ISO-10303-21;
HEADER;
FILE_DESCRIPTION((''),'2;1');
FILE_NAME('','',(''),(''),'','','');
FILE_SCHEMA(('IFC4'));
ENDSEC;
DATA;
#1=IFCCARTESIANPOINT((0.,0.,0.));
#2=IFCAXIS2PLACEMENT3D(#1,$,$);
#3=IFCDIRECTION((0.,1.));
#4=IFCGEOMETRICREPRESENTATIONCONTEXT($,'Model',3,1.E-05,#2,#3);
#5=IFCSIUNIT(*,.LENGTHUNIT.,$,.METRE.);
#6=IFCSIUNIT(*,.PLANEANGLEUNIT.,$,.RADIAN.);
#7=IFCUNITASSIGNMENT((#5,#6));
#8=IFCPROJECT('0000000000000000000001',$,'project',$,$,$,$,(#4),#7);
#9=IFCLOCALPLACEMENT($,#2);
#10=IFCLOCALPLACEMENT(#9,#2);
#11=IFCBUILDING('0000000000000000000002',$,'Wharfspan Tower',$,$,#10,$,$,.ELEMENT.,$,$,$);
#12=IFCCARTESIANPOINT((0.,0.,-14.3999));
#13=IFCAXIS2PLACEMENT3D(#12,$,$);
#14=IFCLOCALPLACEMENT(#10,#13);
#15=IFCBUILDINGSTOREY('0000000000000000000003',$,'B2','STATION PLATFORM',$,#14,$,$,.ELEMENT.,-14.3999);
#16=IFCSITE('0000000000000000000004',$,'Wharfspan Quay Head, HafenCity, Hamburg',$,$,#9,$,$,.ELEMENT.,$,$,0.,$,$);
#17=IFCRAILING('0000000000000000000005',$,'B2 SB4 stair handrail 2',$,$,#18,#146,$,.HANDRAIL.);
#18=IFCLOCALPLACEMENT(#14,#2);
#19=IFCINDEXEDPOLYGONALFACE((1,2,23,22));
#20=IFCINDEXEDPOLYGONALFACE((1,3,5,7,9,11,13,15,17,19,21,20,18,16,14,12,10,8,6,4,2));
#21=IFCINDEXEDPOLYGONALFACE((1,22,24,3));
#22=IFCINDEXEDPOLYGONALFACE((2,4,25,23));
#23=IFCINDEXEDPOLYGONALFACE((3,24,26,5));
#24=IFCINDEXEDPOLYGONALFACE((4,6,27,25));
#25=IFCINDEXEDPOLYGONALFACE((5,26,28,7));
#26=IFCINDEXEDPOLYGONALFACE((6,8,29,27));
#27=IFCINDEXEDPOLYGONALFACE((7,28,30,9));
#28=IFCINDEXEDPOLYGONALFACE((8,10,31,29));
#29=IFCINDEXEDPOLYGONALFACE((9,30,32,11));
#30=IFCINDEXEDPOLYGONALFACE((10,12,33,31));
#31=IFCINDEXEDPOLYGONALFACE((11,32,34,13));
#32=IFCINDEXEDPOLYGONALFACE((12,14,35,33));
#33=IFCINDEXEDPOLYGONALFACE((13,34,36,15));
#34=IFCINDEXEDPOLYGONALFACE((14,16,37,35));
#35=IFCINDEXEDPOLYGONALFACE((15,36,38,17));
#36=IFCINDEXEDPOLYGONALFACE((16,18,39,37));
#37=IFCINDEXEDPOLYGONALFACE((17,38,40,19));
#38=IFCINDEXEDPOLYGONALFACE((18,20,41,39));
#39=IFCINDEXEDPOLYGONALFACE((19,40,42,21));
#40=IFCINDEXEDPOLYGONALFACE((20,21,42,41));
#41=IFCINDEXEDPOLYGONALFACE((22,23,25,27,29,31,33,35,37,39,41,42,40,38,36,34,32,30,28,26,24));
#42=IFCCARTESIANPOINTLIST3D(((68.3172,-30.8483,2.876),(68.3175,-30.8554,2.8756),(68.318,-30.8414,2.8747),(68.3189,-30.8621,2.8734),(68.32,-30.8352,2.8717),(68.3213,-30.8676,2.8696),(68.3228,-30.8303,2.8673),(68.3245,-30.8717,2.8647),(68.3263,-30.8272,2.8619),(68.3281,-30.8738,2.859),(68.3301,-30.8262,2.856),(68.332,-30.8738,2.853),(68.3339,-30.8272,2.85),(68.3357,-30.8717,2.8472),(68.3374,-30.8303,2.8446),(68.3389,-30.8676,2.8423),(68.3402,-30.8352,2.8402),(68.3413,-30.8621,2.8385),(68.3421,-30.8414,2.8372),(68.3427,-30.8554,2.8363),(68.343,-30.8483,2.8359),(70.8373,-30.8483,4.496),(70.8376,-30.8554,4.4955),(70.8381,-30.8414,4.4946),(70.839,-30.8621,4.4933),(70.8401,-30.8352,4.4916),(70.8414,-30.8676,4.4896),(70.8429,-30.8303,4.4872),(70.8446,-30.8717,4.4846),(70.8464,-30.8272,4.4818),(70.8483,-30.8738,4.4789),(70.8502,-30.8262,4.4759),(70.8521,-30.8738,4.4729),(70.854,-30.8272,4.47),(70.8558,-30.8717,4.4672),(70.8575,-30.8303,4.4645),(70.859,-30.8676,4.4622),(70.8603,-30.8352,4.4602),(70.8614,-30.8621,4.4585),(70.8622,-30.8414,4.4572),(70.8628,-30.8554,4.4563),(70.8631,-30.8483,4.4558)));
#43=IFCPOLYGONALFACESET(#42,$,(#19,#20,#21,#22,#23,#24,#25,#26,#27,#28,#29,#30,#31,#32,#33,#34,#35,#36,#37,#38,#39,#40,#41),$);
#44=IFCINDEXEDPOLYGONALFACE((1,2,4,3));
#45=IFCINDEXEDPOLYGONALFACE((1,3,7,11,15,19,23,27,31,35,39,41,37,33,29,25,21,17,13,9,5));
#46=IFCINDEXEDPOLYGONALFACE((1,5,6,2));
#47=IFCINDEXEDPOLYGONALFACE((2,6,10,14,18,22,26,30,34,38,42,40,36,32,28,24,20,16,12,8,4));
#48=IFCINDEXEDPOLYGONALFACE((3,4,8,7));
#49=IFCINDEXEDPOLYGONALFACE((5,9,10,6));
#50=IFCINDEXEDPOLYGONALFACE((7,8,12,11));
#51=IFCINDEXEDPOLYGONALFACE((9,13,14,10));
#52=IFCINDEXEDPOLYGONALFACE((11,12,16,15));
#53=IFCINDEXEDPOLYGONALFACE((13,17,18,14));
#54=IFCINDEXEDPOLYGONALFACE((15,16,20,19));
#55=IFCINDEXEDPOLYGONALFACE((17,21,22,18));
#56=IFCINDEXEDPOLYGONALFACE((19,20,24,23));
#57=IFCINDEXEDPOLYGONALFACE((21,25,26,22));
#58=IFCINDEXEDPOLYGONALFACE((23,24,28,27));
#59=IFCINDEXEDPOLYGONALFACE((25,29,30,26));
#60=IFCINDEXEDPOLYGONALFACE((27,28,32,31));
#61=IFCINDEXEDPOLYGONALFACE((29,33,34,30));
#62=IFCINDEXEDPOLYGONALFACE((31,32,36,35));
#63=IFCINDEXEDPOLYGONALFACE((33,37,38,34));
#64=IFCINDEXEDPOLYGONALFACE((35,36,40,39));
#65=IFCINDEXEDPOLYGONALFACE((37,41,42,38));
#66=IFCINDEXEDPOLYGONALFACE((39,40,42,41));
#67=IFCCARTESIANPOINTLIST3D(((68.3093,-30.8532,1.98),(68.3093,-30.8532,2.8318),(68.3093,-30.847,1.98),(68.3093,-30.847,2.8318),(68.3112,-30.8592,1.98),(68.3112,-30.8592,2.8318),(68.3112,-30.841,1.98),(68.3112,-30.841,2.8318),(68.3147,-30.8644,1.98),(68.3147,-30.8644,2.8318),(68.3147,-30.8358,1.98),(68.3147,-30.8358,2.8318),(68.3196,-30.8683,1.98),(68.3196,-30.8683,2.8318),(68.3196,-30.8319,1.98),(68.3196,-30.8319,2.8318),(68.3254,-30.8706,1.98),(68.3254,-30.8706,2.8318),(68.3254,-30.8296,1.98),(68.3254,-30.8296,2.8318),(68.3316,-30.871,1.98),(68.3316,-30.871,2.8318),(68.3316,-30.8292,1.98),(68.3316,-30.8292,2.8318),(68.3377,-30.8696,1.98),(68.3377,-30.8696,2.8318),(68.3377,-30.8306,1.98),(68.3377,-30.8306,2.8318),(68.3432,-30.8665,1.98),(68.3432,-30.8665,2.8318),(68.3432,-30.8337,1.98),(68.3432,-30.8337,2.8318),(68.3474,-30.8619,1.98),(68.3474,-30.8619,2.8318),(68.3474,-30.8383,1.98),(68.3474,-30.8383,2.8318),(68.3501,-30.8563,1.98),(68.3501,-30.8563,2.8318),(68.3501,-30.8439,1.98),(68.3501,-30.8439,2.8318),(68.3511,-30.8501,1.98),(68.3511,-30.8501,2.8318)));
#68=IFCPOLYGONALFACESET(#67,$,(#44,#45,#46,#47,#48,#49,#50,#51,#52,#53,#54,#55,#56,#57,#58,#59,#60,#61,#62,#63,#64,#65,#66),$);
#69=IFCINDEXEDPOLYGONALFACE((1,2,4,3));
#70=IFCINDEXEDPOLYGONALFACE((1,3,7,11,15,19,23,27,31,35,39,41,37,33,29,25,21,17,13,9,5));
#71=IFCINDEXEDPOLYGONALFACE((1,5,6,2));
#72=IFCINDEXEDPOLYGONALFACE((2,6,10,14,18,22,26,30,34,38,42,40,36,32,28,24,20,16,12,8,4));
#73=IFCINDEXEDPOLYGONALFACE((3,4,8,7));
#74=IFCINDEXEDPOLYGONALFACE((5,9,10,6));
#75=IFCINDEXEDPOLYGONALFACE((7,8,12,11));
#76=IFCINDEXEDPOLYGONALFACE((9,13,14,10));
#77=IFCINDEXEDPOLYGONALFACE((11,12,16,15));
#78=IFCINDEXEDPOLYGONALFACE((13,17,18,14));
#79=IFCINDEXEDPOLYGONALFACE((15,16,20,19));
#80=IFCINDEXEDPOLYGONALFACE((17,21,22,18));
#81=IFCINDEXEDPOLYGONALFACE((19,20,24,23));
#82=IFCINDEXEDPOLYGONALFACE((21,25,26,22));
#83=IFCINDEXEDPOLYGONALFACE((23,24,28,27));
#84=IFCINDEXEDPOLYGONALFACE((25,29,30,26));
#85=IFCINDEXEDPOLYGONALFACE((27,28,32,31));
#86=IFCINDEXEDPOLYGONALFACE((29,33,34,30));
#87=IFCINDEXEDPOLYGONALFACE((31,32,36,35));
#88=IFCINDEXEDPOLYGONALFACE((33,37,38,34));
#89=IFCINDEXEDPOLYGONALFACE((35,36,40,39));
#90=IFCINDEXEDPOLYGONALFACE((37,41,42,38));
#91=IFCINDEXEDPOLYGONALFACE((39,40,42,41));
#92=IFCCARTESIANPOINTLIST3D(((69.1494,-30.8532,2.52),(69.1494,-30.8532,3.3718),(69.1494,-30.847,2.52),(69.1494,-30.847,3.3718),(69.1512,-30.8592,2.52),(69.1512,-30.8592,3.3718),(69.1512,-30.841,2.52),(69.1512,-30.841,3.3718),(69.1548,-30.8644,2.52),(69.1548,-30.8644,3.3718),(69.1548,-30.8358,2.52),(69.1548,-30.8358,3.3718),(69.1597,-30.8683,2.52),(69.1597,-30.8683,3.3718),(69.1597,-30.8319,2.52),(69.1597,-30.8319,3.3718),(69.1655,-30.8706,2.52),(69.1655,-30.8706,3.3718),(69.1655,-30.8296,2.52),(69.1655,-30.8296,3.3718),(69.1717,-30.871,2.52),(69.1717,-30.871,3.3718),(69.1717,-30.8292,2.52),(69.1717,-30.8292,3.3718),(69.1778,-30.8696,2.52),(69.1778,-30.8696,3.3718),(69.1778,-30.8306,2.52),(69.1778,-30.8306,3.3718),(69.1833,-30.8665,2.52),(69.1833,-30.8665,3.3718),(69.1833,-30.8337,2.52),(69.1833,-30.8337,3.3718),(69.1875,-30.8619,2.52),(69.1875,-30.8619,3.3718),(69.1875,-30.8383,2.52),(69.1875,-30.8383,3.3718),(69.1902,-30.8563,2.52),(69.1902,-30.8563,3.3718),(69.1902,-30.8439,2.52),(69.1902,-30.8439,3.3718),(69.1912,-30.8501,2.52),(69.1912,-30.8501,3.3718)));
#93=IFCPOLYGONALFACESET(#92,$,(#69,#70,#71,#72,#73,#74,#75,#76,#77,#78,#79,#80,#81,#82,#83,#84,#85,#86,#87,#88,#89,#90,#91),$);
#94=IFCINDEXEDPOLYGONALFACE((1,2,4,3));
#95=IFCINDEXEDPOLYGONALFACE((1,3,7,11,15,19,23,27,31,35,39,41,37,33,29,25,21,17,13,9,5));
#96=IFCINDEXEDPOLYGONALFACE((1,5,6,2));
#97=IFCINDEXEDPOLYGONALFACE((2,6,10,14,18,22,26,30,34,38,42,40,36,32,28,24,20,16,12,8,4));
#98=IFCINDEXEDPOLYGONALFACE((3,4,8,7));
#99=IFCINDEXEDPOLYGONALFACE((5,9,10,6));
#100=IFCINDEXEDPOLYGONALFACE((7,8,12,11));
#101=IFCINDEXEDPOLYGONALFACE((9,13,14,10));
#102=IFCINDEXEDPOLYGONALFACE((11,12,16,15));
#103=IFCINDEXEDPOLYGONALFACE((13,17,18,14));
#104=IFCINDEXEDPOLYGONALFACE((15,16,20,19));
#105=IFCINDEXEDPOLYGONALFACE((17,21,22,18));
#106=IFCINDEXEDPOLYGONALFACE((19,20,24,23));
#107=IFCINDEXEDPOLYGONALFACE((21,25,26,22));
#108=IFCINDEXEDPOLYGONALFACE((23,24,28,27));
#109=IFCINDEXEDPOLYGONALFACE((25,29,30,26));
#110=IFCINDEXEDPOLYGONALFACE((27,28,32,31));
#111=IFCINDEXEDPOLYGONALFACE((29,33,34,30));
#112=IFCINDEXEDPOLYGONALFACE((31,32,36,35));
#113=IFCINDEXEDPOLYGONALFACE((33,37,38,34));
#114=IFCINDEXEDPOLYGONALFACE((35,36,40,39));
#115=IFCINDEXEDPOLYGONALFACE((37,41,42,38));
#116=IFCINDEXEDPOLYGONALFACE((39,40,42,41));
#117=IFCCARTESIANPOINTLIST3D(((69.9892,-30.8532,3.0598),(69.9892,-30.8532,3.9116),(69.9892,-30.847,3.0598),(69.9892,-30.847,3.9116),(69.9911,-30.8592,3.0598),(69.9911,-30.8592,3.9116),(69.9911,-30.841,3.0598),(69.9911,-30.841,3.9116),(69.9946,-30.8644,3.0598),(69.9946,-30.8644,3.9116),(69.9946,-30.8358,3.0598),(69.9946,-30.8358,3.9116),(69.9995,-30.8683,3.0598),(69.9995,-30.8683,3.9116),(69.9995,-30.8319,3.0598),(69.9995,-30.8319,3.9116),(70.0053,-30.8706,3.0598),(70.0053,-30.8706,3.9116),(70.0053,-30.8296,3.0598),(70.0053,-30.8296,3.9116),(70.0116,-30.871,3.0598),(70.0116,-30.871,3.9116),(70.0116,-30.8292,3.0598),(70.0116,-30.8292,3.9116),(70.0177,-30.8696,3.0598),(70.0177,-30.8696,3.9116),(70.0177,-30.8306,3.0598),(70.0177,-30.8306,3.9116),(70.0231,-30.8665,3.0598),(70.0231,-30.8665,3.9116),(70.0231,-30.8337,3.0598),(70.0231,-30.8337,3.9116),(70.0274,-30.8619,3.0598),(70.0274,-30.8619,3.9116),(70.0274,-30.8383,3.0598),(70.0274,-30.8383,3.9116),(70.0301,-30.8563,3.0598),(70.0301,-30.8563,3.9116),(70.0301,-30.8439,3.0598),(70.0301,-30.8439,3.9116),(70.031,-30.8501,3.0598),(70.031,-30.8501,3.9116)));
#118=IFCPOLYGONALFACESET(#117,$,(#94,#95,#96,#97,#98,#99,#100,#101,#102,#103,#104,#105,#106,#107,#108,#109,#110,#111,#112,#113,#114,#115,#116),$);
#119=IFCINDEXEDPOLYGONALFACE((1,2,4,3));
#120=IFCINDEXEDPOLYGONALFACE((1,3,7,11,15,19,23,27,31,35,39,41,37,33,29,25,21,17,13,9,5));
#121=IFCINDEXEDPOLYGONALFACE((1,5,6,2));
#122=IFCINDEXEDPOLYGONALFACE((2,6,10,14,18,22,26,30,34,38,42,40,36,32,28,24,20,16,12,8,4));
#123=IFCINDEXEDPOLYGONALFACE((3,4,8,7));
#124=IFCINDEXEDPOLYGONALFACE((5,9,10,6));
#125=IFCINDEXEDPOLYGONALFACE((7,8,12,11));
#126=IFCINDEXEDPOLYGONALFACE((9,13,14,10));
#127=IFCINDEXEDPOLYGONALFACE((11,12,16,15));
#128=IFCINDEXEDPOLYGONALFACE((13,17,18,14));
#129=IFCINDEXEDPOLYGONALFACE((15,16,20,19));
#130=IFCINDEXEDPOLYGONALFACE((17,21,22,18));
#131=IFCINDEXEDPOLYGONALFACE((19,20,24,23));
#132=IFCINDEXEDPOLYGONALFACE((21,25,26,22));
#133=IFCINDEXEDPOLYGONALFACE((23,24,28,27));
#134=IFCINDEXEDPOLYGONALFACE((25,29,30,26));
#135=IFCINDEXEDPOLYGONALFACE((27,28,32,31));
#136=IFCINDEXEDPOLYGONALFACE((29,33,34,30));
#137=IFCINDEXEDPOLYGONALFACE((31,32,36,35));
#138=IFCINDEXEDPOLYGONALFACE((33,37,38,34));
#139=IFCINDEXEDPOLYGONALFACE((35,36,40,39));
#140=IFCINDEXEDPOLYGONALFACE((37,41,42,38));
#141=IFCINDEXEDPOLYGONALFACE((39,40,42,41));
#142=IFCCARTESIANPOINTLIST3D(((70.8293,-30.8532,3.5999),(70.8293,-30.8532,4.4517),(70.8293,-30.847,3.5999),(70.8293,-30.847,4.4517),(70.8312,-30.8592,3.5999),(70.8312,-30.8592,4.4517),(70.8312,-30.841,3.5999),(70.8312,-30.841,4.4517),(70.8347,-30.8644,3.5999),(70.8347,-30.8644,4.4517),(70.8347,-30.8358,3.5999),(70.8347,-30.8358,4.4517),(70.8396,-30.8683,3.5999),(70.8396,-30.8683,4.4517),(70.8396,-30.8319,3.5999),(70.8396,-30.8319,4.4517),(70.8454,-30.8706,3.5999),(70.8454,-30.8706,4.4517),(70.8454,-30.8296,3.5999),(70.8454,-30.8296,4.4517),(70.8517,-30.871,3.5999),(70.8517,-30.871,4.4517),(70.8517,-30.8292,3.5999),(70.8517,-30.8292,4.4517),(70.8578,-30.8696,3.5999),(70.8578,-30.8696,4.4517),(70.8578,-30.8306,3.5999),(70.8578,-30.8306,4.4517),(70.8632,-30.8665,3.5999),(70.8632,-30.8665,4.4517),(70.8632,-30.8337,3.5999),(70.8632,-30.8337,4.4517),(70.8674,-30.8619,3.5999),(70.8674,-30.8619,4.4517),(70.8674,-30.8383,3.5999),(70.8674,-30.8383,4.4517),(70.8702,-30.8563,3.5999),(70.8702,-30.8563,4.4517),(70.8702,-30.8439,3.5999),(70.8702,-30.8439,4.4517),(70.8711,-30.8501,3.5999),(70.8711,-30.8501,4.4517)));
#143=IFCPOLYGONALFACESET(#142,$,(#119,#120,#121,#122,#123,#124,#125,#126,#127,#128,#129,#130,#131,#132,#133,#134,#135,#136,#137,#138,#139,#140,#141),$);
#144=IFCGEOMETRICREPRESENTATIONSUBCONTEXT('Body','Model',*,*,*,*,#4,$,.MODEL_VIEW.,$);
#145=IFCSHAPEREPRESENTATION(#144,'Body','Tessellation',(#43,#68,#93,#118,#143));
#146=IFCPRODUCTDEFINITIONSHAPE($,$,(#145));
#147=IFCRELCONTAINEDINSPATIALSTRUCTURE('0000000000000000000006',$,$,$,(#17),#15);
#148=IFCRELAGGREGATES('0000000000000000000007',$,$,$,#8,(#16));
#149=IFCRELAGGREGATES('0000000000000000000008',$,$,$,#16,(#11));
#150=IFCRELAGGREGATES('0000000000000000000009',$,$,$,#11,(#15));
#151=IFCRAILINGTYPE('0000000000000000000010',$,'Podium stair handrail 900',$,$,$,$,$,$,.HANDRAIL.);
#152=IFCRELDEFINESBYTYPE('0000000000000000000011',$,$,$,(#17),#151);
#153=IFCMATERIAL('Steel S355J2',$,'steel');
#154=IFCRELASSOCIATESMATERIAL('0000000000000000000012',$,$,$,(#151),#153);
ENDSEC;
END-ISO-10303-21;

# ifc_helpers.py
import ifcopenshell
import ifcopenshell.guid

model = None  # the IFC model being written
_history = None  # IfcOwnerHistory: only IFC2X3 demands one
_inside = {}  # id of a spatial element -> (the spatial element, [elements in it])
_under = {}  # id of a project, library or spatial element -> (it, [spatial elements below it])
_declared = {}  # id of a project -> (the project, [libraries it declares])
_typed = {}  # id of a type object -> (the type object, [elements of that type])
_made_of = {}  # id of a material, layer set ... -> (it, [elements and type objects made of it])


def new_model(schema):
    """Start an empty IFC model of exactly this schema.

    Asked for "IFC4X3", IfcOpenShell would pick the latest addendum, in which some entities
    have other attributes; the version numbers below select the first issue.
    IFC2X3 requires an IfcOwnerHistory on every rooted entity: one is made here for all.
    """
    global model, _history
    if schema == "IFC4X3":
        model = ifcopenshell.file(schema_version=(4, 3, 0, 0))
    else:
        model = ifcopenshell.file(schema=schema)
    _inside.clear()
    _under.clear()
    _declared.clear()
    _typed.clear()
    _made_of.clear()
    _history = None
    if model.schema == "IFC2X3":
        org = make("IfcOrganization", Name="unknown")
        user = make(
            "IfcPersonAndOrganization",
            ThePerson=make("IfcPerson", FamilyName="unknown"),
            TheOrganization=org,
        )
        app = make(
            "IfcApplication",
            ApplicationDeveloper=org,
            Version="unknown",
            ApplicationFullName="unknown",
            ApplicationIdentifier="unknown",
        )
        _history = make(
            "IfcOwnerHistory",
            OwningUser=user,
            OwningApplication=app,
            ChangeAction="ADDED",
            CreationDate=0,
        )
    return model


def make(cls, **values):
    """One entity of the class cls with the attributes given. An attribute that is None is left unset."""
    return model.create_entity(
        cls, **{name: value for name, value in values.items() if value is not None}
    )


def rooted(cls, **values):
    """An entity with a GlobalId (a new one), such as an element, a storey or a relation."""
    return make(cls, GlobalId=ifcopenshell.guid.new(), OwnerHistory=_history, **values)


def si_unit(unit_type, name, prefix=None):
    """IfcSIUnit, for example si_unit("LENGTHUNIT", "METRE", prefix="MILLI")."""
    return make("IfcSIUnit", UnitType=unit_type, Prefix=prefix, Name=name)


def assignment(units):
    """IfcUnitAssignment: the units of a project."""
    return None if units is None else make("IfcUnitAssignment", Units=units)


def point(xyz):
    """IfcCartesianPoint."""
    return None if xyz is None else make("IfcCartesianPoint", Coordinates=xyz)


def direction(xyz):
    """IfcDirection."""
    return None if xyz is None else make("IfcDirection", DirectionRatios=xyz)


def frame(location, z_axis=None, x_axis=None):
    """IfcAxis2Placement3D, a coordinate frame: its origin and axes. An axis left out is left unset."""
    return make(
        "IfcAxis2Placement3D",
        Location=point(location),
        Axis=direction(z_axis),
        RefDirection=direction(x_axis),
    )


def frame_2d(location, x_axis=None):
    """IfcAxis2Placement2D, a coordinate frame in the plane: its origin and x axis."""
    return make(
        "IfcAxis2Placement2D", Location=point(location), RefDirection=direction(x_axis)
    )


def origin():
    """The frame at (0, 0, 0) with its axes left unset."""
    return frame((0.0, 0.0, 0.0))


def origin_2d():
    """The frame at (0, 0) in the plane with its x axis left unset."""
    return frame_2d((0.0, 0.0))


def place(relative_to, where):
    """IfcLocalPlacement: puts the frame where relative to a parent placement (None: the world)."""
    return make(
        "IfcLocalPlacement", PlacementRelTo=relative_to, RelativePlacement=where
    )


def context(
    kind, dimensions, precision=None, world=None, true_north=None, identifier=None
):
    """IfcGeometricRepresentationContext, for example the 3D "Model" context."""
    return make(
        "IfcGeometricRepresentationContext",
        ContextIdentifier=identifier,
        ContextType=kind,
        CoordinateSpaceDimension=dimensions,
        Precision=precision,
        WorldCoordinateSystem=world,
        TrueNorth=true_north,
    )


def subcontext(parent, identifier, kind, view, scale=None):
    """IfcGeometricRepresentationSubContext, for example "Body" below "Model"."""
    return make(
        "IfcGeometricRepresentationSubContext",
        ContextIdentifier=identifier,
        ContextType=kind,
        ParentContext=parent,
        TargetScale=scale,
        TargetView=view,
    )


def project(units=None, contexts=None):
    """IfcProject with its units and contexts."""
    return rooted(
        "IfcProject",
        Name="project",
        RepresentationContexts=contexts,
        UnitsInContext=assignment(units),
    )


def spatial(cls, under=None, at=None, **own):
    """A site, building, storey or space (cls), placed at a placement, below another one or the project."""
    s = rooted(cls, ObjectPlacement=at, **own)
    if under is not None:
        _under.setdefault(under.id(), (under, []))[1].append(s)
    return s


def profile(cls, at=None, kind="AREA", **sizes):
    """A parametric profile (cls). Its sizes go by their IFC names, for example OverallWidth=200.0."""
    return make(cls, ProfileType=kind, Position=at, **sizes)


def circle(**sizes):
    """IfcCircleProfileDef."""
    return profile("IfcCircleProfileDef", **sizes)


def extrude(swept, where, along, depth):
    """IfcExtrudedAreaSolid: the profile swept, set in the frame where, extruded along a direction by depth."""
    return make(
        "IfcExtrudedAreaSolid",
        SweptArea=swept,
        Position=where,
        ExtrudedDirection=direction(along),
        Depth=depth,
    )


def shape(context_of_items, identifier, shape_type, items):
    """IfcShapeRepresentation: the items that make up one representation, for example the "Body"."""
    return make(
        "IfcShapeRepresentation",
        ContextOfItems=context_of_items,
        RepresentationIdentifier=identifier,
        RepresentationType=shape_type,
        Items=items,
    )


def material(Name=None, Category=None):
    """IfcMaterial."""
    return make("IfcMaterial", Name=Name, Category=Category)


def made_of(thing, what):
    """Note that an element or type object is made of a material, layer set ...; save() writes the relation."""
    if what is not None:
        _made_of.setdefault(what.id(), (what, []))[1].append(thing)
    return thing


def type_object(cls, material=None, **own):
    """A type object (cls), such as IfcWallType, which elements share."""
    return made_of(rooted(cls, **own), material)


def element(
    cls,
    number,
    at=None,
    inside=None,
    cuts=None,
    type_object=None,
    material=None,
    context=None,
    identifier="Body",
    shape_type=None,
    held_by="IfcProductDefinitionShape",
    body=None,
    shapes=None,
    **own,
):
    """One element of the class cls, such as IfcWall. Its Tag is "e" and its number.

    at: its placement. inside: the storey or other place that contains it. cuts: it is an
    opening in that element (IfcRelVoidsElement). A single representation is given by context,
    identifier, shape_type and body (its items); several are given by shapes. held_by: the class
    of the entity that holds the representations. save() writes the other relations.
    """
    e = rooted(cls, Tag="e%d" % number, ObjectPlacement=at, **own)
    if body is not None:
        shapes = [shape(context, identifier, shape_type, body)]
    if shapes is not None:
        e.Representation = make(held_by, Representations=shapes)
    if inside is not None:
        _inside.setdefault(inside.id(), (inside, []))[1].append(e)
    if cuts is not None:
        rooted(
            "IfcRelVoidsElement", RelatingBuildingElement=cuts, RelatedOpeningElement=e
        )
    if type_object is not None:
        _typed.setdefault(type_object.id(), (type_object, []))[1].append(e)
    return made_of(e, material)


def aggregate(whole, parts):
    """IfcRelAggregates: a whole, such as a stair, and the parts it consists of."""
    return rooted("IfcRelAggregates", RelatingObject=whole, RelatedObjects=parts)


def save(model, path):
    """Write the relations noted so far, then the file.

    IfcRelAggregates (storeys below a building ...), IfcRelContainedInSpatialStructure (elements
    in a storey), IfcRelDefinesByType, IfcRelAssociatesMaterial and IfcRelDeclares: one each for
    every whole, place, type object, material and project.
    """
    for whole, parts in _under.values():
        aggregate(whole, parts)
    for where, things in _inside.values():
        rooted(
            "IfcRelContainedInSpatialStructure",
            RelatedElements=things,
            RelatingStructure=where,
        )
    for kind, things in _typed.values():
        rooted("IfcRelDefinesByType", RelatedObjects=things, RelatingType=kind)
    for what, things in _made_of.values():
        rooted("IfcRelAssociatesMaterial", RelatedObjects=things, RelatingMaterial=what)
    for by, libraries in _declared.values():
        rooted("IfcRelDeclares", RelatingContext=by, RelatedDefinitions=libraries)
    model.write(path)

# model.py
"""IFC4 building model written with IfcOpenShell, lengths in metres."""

from ifc_helpers import new_model, si_unit, direction, frame, origin, origin_2d, place, context, subcontext, project, spatial, circle, extrude, material, type_object, element, save


model = new_model("IFC4")

# Units and contexts
model_context = context("Model", 3, precision=1e-05, world=origin(), true_north=direction((0.0, 1.0)))
body_context = subcontext(model_context, "Body", "Model", "MODEL_VIEW")
ifc_project = project(units=[si_unit("LENGTHUNIT", "METRE"), si_unit("PLANEANGLEUNIT", "RADIAN")], contexts=[model_context])

# Site, building, storey
site_placement = place(None, origin())
site = spatial("IfcSite", under=ifc_project, at=site_placement, Name="Wharfspan Quay Head, HafenCity, Hamburg", CompositionType="ELEMENT", RefElevation=0.0)
building_placement = place(site_placement, origin())
building = spatial("IfcBuilding", under=site, at=building_placement, Name="Wharfspan Tower", CompositionType="ELEMENT")
storey_placement = place(building_placement, frame((0.0, 0.0, -14.3999)))
storey = spatial("IfcBuildingStorey", under=building, at=storey_placement, Name="B2", Description="STATION PLATFORM", CompositionType="ELEMENT", Elevation=-14.3999)

# Railing
ifc_material_1 = material(Name="Steel S355J2", Category="steel")
railing_type_1 = type_object("IfcRailingType", Name="Podium stair handrail 900", PredefinedType="HANDRAIL", material=ifc_material_1)
railing_1_placement = place(storey_placement, frame((68.3301, -30.8501, 1.98)))
element("IfcRailing", 1, at=railing_1_placement, inside=storey, type_object=railing_type_1, Name="B2 SB4 stair handrail 2", PredefinedType="HANDRAIL", context=body_context, shape_type="SweptSolid", body=[
    extrude(circle(Radius=0.0239, at=origin_2d()), frame((0.0, 0.0, 0.876), z_axis=(0.8412, 0.0, 0.540725), x_axis=(0.0, 1.0, 0.0)), (0.0, 0.0, 1.0), 2.9958),
    extrude(circle(Radius=0.021, at=origin_2d()), origin(), (0.0, 0.0, 1.0), 0.8518),
    extrude(circle(Radius=0.021, at=origin_2d()), frame((0.8401, 0.0, 0.54)), (0.0, 0.0, 1.0), 0.8518),
    extrude(circle(Radius=0.021, at=origin_2d()), frame((1.6799, 0.0, 1.0798)), (0.0, 0.0, 1.0), 0.8518),
    extrude(circle(Radius=0.021, at=origin_2d()), frame((2.52, 0.0, 1.6199)), (0.0, 0.0, 1.0), 0.8518),
])

save(model, "model.ifc")
